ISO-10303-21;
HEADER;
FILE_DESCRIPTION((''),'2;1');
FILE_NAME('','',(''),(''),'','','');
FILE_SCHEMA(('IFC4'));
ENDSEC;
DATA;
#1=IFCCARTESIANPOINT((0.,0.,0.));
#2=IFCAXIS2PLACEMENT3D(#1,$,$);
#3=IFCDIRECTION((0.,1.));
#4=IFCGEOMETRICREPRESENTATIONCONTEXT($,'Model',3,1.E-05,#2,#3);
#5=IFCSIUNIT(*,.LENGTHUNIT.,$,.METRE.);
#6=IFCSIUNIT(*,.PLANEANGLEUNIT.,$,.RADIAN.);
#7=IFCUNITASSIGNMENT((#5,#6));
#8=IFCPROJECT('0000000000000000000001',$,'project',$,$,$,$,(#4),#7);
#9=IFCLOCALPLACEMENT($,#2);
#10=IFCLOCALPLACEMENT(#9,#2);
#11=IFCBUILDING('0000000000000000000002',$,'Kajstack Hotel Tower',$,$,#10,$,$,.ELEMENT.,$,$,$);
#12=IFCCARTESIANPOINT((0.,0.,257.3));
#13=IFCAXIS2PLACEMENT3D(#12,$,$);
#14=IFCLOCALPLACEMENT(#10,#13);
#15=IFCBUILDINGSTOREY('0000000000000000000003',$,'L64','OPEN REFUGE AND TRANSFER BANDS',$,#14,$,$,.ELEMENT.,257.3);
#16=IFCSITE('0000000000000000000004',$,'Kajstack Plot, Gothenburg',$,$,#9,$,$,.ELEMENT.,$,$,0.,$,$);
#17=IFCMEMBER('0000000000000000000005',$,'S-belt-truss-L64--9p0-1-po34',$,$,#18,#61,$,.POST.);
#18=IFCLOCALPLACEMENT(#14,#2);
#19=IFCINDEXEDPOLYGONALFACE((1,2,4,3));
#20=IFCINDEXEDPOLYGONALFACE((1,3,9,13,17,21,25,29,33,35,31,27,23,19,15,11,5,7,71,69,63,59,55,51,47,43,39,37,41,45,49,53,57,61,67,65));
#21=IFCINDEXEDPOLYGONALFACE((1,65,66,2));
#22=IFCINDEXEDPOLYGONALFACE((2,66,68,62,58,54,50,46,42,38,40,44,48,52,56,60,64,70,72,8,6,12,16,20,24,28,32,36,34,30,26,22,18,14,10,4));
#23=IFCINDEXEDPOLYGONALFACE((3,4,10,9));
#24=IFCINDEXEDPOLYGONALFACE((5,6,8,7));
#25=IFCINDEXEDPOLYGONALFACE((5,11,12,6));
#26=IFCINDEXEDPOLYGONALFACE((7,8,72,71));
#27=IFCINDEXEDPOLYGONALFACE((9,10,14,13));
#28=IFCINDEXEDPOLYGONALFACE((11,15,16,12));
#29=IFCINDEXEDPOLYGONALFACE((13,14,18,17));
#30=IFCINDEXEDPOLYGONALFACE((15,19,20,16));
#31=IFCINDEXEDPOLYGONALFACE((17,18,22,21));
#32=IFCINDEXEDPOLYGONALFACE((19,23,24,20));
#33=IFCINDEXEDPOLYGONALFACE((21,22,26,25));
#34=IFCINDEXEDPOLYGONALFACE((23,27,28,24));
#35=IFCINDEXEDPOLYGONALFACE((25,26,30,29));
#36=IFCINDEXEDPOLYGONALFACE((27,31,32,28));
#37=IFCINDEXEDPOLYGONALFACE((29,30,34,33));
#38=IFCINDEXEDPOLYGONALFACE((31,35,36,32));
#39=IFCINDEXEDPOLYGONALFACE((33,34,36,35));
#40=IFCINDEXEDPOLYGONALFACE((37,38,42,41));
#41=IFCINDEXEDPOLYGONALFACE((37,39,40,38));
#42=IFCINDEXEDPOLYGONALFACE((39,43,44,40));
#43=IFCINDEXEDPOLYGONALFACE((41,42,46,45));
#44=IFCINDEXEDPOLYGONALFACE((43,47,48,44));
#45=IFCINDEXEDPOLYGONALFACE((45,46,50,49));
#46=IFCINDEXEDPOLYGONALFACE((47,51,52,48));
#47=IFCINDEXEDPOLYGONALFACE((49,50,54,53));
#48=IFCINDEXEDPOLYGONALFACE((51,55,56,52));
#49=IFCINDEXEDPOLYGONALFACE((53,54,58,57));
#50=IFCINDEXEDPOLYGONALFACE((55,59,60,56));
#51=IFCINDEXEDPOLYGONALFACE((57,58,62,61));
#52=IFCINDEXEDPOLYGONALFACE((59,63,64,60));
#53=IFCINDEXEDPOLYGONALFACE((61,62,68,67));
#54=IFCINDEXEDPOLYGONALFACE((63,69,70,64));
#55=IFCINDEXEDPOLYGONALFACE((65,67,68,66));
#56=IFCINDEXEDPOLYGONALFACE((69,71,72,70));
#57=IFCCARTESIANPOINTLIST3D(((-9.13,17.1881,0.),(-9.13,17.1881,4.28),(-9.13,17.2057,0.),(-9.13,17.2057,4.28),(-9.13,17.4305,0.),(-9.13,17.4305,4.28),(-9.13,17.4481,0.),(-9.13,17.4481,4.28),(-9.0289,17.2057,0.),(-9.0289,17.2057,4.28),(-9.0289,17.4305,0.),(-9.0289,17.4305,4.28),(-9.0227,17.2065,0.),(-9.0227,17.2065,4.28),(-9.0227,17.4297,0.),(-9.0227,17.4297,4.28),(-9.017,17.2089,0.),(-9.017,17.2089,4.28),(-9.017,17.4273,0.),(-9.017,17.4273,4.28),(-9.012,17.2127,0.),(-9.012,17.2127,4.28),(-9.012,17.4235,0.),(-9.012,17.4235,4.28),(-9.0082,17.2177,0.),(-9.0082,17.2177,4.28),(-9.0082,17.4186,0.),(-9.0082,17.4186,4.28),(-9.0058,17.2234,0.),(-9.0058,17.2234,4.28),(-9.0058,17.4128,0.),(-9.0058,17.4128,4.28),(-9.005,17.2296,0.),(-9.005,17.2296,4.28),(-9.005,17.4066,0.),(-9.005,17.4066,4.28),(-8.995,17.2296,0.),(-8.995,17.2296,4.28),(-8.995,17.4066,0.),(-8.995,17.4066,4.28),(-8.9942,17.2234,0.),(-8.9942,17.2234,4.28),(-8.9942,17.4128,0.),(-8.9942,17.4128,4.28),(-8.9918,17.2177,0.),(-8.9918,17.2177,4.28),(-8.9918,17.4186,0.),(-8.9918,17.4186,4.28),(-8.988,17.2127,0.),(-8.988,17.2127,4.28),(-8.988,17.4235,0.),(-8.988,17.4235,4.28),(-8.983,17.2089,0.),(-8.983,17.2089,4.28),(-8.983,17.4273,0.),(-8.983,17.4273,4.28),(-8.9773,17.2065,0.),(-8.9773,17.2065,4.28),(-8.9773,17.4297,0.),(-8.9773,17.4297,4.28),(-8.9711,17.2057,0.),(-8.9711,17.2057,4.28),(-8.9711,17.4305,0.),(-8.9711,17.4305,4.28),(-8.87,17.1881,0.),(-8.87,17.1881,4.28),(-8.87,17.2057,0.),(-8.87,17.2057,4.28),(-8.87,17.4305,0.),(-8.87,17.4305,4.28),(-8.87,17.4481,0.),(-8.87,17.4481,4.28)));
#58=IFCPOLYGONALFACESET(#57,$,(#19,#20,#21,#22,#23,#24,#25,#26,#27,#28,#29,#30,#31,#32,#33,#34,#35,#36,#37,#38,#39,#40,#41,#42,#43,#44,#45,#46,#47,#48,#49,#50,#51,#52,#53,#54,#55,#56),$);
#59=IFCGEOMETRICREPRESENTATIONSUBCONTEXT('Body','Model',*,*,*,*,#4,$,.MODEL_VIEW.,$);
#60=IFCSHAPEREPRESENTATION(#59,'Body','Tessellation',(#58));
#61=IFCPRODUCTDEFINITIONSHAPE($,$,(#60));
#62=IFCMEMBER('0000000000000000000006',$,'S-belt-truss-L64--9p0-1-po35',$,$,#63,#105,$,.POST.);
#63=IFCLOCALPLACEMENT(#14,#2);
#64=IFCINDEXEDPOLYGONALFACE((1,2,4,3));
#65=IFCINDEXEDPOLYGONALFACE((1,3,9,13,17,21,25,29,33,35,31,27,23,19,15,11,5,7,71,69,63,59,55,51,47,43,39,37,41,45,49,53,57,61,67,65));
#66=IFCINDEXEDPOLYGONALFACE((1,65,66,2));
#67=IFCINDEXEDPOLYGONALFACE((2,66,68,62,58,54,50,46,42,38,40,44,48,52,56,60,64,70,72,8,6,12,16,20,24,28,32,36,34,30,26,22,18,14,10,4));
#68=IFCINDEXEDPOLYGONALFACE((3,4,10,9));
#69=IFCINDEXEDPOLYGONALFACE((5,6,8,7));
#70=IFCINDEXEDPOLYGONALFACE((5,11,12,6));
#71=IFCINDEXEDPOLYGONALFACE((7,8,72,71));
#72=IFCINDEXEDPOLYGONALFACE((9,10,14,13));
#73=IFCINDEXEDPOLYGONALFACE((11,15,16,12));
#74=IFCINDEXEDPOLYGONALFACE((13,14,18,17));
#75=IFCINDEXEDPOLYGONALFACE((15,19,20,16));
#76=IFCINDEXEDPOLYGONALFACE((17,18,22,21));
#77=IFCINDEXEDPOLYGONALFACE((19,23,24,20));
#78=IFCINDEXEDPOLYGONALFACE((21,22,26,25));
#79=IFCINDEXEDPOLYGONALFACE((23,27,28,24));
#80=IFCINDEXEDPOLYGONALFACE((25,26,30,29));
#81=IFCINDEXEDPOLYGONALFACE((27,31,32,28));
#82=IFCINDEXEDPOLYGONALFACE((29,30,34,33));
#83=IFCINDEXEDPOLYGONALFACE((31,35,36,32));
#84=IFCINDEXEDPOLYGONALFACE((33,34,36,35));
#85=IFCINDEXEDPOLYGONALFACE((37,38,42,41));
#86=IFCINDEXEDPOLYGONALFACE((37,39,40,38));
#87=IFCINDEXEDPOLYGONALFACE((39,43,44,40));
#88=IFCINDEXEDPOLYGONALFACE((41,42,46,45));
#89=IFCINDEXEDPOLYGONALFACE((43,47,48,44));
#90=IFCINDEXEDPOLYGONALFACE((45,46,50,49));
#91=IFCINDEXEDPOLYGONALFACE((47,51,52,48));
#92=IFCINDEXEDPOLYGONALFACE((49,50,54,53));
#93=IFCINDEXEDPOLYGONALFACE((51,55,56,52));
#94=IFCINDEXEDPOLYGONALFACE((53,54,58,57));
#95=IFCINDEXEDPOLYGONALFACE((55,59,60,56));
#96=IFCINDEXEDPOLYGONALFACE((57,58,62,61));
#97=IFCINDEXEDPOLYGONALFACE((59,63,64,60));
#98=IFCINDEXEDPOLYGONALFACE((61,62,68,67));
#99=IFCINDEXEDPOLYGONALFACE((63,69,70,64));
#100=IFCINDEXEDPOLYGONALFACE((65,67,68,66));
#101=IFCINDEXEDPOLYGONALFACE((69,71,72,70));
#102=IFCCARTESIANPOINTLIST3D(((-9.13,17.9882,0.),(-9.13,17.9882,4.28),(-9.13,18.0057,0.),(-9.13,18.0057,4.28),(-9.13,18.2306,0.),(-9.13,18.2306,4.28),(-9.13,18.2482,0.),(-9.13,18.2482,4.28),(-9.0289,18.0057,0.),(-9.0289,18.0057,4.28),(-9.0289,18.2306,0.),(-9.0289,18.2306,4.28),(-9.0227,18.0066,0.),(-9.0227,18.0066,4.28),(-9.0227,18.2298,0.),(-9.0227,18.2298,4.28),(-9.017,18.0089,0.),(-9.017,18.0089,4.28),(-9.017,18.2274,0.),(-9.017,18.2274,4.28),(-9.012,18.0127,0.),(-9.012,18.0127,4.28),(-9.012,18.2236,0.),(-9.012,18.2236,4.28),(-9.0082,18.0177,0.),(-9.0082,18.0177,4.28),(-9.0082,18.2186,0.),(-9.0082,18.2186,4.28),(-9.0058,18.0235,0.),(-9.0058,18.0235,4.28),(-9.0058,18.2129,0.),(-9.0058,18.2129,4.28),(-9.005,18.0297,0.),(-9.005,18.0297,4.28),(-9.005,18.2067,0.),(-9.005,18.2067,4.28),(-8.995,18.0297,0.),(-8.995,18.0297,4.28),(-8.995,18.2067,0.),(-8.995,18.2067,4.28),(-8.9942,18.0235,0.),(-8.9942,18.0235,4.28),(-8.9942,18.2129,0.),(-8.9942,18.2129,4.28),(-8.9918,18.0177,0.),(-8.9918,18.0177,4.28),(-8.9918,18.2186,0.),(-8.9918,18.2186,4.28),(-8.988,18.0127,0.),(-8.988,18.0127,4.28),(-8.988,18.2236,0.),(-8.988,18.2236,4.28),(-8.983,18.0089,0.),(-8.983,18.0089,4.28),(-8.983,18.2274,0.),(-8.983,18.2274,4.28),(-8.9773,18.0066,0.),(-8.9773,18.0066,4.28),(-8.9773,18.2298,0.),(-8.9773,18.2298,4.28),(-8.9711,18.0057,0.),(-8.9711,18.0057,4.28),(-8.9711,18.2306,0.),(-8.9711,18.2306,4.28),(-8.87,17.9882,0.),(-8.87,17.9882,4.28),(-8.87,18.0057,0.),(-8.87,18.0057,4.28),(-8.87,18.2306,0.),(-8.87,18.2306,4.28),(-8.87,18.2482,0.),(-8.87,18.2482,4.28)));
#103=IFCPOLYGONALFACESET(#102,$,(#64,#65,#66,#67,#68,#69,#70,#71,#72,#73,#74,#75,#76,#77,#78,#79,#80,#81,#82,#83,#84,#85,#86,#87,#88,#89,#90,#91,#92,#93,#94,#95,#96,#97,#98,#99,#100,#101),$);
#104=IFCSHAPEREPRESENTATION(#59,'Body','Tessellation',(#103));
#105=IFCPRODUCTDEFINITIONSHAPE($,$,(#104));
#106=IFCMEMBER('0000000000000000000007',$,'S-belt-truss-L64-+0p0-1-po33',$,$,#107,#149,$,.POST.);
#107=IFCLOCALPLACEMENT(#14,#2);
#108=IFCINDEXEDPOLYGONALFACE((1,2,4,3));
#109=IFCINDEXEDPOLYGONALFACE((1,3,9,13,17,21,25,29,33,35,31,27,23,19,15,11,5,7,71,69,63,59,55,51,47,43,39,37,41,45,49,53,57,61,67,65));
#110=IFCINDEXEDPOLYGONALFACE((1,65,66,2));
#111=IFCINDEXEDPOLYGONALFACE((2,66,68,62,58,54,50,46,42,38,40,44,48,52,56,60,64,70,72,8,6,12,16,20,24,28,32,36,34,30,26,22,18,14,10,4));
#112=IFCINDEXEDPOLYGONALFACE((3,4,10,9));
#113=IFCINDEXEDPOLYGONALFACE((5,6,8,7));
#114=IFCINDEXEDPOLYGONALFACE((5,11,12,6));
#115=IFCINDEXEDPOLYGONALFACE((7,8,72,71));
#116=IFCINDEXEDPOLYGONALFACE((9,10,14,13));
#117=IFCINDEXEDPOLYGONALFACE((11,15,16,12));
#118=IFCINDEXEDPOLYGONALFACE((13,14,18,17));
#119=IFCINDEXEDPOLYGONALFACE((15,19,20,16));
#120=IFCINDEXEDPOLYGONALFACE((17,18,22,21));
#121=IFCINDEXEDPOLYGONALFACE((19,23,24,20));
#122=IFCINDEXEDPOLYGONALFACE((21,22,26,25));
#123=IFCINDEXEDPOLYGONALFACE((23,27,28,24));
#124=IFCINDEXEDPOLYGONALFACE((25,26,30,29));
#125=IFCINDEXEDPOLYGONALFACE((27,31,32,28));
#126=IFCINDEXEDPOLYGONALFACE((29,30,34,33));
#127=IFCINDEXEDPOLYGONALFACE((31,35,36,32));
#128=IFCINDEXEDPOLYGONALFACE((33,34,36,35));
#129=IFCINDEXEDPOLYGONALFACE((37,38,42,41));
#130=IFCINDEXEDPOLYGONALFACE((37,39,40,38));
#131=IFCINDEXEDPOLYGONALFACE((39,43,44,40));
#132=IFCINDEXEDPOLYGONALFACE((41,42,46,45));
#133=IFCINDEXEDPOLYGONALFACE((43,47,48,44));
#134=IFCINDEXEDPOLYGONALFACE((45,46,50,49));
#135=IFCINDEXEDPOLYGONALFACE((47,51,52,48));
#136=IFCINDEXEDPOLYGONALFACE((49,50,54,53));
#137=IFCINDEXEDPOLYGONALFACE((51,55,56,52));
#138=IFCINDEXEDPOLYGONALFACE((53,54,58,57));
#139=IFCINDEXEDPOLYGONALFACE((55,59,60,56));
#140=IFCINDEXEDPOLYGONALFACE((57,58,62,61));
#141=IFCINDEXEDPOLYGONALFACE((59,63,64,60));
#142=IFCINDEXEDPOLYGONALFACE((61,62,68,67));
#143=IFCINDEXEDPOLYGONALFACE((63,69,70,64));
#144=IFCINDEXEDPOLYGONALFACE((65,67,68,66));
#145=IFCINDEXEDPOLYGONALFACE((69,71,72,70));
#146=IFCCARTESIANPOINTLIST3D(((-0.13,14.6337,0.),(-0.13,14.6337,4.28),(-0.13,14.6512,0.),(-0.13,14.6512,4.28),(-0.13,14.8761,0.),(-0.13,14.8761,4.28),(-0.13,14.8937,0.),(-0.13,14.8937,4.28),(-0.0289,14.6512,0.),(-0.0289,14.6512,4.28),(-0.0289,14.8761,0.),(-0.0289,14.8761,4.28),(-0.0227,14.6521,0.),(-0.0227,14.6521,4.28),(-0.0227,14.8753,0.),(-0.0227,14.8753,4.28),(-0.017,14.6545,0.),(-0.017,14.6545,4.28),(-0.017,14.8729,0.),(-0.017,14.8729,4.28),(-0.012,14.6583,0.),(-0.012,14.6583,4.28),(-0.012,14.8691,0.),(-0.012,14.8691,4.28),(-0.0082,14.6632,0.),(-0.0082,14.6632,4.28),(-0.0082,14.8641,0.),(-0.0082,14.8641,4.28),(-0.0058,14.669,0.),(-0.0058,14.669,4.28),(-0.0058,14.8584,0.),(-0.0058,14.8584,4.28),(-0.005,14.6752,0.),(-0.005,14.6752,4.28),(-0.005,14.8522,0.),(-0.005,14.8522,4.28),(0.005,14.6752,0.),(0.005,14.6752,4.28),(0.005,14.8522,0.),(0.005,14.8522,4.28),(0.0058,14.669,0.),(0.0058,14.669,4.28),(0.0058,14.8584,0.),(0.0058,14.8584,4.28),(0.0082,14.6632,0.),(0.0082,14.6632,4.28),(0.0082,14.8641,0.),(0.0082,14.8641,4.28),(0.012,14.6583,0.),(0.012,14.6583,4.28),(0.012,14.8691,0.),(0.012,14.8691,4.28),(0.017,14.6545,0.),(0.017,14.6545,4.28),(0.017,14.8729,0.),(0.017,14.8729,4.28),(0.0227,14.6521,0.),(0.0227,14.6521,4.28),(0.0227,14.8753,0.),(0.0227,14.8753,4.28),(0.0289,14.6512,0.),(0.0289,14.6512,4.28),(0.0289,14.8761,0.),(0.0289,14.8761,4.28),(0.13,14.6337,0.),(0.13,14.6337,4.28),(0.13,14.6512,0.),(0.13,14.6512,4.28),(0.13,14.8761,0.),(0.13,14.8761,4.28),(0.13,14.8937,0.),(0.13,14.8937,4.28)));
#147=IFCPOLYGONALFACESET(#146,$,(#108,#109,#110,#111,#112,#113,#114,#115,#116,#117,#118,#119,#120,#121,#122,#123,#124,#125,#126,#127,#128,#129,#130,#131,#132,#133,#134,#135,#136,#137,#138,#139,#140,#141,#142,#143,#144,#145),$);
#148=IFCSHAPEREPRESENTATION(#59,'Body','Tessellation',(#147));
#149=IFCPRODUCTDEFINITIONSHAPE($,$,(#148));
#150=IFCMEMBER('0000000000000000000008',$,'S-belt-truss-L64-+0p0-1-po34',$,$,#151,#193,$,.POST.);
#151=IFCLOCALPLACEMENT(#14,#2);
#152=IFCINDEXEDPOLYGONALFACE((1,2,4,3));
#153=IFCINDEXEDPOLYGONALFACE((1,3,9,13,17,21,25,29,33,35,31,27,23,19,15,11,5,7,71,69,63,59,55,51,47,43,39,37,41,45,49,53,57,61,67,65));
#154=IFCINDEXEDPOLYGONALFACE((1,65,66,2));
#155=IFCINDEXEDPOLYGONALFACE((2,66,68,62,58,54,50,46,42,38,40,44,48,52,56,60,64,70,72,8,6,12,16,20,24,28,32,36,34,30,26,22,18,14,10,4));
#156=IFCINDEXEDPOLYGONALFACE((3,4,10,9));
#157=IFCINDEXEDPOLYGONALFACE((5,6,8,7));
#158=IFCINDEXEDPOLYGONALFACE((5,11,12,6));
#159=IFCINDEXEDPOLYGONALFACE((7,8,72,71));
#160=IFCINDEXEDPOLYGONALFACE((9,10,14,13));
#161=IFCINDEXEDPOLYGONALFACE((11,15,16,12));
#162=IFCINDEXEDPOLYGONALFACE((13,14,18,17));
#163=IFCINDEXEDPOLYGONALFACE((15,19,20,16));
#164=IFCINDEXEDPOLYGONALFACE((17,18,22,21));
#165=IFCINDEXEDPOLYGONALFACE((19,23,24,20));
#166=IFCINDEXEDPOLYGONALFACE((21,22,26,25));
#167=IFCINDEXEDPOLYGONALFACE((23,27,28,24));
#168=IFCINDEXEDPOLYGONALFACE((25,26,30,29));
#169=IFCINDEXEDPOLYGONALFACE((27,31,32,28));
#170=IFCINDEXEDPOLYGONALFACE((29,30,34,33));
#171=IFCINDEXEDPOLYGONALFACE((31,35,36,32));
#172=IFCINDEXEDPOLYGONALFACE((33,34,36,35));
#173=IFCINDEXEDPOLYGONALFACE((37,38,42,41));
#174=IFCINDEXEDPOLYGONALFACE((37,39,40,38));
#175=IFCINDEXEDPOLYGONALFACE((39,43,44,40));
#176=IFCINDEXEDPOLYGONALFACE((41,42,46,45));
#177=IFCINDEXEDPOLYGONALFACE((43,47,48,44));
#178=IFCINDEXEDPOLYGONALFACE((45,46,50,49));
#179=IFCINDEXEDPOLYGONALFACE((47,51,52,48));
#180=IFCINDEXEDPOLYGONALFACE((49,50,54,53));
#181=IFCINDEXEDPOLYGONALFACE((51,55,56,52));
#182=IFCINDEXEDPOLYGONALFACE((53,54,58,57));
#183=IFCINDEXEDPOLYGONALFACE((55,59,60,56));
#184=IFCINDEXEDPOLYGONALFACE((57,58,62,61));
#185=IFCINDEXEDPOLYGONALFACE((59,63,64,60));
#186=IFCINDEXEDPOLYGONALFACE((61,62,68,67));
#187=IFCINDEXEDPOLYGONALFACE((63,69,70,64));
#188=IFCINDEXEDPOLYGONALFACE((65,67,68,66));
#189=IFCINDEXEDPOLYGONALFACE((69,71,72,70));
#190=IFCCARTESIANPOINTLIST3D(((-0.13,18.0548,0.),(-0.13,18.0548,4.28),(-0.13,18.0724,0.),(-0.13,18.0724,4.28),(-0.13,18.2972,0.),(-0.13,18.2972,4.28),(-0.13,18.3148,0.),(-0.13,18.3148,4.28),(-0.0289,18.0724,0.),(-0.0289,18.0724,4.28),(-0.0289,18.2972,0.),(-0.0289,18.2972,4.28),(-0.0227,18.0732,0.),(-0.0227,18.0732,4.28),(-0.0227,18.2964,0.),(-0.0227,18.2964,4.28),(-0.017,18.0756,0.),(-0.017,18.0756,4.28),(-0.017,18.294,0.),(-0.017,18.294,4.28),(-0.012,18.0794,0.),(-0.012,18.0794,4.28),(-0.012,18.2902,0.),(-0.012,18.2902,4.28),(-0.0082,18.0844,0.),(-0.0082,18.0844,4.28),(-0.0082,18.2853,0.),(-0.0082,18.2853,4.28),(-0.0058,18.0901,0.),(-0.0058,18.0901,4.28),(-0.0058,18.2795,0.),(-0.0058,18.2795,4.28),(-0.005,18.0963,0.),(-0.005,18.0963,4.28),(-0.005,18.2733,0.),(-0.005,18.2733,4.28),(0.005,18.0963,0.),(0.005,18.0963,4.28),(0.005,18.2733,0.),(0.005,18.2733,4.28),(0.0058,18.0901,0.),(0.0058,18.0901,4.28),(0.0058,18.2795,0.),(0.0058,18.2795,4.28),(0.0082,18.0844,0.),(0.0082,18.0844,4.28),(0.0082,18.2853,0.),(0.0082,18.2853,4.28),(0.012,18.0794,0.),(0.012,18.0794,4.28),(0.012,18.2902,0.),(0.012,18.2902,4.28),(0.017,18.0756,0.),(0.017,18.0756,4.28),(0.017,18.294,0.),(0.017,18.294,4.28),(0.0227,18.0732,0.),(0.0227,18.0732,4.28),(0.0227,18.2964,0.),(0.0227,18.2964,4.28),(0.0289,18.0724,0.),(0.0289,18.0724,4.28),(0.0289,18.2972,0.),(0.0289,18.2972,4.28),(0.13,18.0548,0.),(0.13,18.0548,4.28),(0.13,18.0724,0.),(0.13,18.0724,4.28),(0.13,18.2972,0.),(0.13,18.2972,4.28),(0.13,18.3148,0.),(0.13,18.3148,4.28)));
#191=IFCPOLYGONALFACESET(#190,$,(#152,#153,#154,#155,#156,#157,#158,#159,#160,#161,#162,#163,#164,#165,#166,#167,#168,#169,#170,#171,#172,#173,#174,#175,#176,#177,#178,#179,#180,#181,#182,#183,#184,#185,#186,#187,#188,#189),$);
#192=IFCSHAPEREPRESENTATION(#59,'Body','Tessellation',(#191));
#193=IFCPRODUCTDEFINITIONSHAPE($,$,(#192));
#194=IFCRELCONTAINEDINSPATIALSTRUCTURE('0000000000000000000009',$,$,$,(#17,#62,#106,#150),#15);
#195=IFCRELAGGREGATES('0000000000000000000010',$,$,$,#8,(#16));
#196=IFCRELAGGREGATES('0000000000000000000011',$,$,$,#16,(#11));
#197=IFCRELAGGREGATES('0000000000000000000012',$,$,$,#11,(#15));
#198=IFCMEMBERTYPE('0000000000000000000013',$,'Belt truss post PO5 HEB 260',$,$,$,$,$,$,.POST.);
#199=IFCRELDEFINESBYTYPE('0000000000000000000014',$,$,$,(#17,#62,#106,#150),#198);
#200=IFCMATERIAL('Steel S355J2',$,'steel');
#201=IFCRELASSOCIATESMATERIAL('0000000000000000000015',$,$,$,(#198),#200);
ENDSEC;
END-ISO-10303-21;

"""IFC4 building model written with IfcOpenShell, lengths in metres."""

from ifc_helpers import new_model, si_unit, direction, frame, origin, origin_2d, place, context, subcontext, project, spatial, i_section, extrude, material, material_profile, profile_set, type_object, element, save


model = new_model("IFC4")

# Units and contexts
model_context = context("Model", 3, precision=1e-05, world=origin(), true_north=direction((0.0, 1.0)))
body_context = subcontext(model_context, "Body", "Model", "MODEL_VIEW")
ifc_project = project(units=[si_unit("LENGTHUNIT", "METRE"), si_unit("PLANEANGLEUNIT", "RADIAN")], contexts=[model_context])

# Site, building, storey
site_placement = place(None, origin())
site = spatial("IfcSite", under=ifc_project, at=site_placement, Name="Kajstack Plot, Gothenburg", CompositionType="ELEMENT", RefElevation=0.0)
building_placement = place(site_placement, origin())
building = spatial("IfcBuilding", under=site, at=building_placement, Name="Kajstack Hotel Tower", CompositionType="ELEMENT")
storey_placement = place(building_placement, frame((0.0, 0.0, 257.3)))
storey = spatial("IfcBuildingStorey", under=building, at=storey_placement, Name="L64", Description="OPEN REFUGE AND TRANSFER BANDS", CompositionType="ELEMENT", Elevation=257.3)

# Members
ifc_material_1 = material(Name="Steel S355J2", Category="steel")
ifc_material_profile_1 = material_profile(ifc_material_1, i_section(OverallWidth=0.26, OverallDepth=0.26, WebThickness=0.01, FlangeThickness=0.0176, FilletRadius=0.0239, at=origin_2d()), Name="HEB 260")
ifc_profile_set_1 = profile_set([ifc_material_profile_1], Name="Steel S355J2")
member_type_1 = type_object("IfcMemberType", Name="Belt truss post PO5 HEB 260", PredefinedType="POST", material=ifc_profile_set_1)
for number, where, z_axis, x_axis, name in (
    (1, (-9.0, 17.3181, 0.0), (0.0, 0.0, 1.0), (1.0, 0.0, 0.0), "S-belt-truss-L64--9p0-1-po34"),
    (2, (-9.0, 18.1182, 0.0), (0.0, 0.0, 1.0), (1.0, 0.0, 0.0), "S-belt-truss-L64--9p0-1-po35"),
    (3, (0.0, 14.7637, 0.0), (0.0, 0.0, 1.0), (1.0, 0.0, 0.0), "S-belt-truss-L64-+0p0-1-po33"),
    (4, (0.0, 18.1848, 0.0), (0.0, 0.0, 1.0), (1.0, 0.0, 0.0), "S-belt-truss-L64-+0p0-1-po34"),
):
    element("IfcMember", number, at=place(storey_placement, frame(where, z_axis=z_axis, x_axis=x_axis)), inside=storey, type_object=member_type_1, Name=name, PredefinedType="POST", context=body_context, shape_type="SweptSolid", body=[
        extrude(i_section(OverallWidth=0.26, OverallDepth=0.26, WebThickness=0.01, FlangeThickness=0.0176, FilletRadius=0.0239, at=origin_2d()), origin(), (0.0, 0.0, 1.0), 4.28),
    ])

save(model, "model.ifc")
